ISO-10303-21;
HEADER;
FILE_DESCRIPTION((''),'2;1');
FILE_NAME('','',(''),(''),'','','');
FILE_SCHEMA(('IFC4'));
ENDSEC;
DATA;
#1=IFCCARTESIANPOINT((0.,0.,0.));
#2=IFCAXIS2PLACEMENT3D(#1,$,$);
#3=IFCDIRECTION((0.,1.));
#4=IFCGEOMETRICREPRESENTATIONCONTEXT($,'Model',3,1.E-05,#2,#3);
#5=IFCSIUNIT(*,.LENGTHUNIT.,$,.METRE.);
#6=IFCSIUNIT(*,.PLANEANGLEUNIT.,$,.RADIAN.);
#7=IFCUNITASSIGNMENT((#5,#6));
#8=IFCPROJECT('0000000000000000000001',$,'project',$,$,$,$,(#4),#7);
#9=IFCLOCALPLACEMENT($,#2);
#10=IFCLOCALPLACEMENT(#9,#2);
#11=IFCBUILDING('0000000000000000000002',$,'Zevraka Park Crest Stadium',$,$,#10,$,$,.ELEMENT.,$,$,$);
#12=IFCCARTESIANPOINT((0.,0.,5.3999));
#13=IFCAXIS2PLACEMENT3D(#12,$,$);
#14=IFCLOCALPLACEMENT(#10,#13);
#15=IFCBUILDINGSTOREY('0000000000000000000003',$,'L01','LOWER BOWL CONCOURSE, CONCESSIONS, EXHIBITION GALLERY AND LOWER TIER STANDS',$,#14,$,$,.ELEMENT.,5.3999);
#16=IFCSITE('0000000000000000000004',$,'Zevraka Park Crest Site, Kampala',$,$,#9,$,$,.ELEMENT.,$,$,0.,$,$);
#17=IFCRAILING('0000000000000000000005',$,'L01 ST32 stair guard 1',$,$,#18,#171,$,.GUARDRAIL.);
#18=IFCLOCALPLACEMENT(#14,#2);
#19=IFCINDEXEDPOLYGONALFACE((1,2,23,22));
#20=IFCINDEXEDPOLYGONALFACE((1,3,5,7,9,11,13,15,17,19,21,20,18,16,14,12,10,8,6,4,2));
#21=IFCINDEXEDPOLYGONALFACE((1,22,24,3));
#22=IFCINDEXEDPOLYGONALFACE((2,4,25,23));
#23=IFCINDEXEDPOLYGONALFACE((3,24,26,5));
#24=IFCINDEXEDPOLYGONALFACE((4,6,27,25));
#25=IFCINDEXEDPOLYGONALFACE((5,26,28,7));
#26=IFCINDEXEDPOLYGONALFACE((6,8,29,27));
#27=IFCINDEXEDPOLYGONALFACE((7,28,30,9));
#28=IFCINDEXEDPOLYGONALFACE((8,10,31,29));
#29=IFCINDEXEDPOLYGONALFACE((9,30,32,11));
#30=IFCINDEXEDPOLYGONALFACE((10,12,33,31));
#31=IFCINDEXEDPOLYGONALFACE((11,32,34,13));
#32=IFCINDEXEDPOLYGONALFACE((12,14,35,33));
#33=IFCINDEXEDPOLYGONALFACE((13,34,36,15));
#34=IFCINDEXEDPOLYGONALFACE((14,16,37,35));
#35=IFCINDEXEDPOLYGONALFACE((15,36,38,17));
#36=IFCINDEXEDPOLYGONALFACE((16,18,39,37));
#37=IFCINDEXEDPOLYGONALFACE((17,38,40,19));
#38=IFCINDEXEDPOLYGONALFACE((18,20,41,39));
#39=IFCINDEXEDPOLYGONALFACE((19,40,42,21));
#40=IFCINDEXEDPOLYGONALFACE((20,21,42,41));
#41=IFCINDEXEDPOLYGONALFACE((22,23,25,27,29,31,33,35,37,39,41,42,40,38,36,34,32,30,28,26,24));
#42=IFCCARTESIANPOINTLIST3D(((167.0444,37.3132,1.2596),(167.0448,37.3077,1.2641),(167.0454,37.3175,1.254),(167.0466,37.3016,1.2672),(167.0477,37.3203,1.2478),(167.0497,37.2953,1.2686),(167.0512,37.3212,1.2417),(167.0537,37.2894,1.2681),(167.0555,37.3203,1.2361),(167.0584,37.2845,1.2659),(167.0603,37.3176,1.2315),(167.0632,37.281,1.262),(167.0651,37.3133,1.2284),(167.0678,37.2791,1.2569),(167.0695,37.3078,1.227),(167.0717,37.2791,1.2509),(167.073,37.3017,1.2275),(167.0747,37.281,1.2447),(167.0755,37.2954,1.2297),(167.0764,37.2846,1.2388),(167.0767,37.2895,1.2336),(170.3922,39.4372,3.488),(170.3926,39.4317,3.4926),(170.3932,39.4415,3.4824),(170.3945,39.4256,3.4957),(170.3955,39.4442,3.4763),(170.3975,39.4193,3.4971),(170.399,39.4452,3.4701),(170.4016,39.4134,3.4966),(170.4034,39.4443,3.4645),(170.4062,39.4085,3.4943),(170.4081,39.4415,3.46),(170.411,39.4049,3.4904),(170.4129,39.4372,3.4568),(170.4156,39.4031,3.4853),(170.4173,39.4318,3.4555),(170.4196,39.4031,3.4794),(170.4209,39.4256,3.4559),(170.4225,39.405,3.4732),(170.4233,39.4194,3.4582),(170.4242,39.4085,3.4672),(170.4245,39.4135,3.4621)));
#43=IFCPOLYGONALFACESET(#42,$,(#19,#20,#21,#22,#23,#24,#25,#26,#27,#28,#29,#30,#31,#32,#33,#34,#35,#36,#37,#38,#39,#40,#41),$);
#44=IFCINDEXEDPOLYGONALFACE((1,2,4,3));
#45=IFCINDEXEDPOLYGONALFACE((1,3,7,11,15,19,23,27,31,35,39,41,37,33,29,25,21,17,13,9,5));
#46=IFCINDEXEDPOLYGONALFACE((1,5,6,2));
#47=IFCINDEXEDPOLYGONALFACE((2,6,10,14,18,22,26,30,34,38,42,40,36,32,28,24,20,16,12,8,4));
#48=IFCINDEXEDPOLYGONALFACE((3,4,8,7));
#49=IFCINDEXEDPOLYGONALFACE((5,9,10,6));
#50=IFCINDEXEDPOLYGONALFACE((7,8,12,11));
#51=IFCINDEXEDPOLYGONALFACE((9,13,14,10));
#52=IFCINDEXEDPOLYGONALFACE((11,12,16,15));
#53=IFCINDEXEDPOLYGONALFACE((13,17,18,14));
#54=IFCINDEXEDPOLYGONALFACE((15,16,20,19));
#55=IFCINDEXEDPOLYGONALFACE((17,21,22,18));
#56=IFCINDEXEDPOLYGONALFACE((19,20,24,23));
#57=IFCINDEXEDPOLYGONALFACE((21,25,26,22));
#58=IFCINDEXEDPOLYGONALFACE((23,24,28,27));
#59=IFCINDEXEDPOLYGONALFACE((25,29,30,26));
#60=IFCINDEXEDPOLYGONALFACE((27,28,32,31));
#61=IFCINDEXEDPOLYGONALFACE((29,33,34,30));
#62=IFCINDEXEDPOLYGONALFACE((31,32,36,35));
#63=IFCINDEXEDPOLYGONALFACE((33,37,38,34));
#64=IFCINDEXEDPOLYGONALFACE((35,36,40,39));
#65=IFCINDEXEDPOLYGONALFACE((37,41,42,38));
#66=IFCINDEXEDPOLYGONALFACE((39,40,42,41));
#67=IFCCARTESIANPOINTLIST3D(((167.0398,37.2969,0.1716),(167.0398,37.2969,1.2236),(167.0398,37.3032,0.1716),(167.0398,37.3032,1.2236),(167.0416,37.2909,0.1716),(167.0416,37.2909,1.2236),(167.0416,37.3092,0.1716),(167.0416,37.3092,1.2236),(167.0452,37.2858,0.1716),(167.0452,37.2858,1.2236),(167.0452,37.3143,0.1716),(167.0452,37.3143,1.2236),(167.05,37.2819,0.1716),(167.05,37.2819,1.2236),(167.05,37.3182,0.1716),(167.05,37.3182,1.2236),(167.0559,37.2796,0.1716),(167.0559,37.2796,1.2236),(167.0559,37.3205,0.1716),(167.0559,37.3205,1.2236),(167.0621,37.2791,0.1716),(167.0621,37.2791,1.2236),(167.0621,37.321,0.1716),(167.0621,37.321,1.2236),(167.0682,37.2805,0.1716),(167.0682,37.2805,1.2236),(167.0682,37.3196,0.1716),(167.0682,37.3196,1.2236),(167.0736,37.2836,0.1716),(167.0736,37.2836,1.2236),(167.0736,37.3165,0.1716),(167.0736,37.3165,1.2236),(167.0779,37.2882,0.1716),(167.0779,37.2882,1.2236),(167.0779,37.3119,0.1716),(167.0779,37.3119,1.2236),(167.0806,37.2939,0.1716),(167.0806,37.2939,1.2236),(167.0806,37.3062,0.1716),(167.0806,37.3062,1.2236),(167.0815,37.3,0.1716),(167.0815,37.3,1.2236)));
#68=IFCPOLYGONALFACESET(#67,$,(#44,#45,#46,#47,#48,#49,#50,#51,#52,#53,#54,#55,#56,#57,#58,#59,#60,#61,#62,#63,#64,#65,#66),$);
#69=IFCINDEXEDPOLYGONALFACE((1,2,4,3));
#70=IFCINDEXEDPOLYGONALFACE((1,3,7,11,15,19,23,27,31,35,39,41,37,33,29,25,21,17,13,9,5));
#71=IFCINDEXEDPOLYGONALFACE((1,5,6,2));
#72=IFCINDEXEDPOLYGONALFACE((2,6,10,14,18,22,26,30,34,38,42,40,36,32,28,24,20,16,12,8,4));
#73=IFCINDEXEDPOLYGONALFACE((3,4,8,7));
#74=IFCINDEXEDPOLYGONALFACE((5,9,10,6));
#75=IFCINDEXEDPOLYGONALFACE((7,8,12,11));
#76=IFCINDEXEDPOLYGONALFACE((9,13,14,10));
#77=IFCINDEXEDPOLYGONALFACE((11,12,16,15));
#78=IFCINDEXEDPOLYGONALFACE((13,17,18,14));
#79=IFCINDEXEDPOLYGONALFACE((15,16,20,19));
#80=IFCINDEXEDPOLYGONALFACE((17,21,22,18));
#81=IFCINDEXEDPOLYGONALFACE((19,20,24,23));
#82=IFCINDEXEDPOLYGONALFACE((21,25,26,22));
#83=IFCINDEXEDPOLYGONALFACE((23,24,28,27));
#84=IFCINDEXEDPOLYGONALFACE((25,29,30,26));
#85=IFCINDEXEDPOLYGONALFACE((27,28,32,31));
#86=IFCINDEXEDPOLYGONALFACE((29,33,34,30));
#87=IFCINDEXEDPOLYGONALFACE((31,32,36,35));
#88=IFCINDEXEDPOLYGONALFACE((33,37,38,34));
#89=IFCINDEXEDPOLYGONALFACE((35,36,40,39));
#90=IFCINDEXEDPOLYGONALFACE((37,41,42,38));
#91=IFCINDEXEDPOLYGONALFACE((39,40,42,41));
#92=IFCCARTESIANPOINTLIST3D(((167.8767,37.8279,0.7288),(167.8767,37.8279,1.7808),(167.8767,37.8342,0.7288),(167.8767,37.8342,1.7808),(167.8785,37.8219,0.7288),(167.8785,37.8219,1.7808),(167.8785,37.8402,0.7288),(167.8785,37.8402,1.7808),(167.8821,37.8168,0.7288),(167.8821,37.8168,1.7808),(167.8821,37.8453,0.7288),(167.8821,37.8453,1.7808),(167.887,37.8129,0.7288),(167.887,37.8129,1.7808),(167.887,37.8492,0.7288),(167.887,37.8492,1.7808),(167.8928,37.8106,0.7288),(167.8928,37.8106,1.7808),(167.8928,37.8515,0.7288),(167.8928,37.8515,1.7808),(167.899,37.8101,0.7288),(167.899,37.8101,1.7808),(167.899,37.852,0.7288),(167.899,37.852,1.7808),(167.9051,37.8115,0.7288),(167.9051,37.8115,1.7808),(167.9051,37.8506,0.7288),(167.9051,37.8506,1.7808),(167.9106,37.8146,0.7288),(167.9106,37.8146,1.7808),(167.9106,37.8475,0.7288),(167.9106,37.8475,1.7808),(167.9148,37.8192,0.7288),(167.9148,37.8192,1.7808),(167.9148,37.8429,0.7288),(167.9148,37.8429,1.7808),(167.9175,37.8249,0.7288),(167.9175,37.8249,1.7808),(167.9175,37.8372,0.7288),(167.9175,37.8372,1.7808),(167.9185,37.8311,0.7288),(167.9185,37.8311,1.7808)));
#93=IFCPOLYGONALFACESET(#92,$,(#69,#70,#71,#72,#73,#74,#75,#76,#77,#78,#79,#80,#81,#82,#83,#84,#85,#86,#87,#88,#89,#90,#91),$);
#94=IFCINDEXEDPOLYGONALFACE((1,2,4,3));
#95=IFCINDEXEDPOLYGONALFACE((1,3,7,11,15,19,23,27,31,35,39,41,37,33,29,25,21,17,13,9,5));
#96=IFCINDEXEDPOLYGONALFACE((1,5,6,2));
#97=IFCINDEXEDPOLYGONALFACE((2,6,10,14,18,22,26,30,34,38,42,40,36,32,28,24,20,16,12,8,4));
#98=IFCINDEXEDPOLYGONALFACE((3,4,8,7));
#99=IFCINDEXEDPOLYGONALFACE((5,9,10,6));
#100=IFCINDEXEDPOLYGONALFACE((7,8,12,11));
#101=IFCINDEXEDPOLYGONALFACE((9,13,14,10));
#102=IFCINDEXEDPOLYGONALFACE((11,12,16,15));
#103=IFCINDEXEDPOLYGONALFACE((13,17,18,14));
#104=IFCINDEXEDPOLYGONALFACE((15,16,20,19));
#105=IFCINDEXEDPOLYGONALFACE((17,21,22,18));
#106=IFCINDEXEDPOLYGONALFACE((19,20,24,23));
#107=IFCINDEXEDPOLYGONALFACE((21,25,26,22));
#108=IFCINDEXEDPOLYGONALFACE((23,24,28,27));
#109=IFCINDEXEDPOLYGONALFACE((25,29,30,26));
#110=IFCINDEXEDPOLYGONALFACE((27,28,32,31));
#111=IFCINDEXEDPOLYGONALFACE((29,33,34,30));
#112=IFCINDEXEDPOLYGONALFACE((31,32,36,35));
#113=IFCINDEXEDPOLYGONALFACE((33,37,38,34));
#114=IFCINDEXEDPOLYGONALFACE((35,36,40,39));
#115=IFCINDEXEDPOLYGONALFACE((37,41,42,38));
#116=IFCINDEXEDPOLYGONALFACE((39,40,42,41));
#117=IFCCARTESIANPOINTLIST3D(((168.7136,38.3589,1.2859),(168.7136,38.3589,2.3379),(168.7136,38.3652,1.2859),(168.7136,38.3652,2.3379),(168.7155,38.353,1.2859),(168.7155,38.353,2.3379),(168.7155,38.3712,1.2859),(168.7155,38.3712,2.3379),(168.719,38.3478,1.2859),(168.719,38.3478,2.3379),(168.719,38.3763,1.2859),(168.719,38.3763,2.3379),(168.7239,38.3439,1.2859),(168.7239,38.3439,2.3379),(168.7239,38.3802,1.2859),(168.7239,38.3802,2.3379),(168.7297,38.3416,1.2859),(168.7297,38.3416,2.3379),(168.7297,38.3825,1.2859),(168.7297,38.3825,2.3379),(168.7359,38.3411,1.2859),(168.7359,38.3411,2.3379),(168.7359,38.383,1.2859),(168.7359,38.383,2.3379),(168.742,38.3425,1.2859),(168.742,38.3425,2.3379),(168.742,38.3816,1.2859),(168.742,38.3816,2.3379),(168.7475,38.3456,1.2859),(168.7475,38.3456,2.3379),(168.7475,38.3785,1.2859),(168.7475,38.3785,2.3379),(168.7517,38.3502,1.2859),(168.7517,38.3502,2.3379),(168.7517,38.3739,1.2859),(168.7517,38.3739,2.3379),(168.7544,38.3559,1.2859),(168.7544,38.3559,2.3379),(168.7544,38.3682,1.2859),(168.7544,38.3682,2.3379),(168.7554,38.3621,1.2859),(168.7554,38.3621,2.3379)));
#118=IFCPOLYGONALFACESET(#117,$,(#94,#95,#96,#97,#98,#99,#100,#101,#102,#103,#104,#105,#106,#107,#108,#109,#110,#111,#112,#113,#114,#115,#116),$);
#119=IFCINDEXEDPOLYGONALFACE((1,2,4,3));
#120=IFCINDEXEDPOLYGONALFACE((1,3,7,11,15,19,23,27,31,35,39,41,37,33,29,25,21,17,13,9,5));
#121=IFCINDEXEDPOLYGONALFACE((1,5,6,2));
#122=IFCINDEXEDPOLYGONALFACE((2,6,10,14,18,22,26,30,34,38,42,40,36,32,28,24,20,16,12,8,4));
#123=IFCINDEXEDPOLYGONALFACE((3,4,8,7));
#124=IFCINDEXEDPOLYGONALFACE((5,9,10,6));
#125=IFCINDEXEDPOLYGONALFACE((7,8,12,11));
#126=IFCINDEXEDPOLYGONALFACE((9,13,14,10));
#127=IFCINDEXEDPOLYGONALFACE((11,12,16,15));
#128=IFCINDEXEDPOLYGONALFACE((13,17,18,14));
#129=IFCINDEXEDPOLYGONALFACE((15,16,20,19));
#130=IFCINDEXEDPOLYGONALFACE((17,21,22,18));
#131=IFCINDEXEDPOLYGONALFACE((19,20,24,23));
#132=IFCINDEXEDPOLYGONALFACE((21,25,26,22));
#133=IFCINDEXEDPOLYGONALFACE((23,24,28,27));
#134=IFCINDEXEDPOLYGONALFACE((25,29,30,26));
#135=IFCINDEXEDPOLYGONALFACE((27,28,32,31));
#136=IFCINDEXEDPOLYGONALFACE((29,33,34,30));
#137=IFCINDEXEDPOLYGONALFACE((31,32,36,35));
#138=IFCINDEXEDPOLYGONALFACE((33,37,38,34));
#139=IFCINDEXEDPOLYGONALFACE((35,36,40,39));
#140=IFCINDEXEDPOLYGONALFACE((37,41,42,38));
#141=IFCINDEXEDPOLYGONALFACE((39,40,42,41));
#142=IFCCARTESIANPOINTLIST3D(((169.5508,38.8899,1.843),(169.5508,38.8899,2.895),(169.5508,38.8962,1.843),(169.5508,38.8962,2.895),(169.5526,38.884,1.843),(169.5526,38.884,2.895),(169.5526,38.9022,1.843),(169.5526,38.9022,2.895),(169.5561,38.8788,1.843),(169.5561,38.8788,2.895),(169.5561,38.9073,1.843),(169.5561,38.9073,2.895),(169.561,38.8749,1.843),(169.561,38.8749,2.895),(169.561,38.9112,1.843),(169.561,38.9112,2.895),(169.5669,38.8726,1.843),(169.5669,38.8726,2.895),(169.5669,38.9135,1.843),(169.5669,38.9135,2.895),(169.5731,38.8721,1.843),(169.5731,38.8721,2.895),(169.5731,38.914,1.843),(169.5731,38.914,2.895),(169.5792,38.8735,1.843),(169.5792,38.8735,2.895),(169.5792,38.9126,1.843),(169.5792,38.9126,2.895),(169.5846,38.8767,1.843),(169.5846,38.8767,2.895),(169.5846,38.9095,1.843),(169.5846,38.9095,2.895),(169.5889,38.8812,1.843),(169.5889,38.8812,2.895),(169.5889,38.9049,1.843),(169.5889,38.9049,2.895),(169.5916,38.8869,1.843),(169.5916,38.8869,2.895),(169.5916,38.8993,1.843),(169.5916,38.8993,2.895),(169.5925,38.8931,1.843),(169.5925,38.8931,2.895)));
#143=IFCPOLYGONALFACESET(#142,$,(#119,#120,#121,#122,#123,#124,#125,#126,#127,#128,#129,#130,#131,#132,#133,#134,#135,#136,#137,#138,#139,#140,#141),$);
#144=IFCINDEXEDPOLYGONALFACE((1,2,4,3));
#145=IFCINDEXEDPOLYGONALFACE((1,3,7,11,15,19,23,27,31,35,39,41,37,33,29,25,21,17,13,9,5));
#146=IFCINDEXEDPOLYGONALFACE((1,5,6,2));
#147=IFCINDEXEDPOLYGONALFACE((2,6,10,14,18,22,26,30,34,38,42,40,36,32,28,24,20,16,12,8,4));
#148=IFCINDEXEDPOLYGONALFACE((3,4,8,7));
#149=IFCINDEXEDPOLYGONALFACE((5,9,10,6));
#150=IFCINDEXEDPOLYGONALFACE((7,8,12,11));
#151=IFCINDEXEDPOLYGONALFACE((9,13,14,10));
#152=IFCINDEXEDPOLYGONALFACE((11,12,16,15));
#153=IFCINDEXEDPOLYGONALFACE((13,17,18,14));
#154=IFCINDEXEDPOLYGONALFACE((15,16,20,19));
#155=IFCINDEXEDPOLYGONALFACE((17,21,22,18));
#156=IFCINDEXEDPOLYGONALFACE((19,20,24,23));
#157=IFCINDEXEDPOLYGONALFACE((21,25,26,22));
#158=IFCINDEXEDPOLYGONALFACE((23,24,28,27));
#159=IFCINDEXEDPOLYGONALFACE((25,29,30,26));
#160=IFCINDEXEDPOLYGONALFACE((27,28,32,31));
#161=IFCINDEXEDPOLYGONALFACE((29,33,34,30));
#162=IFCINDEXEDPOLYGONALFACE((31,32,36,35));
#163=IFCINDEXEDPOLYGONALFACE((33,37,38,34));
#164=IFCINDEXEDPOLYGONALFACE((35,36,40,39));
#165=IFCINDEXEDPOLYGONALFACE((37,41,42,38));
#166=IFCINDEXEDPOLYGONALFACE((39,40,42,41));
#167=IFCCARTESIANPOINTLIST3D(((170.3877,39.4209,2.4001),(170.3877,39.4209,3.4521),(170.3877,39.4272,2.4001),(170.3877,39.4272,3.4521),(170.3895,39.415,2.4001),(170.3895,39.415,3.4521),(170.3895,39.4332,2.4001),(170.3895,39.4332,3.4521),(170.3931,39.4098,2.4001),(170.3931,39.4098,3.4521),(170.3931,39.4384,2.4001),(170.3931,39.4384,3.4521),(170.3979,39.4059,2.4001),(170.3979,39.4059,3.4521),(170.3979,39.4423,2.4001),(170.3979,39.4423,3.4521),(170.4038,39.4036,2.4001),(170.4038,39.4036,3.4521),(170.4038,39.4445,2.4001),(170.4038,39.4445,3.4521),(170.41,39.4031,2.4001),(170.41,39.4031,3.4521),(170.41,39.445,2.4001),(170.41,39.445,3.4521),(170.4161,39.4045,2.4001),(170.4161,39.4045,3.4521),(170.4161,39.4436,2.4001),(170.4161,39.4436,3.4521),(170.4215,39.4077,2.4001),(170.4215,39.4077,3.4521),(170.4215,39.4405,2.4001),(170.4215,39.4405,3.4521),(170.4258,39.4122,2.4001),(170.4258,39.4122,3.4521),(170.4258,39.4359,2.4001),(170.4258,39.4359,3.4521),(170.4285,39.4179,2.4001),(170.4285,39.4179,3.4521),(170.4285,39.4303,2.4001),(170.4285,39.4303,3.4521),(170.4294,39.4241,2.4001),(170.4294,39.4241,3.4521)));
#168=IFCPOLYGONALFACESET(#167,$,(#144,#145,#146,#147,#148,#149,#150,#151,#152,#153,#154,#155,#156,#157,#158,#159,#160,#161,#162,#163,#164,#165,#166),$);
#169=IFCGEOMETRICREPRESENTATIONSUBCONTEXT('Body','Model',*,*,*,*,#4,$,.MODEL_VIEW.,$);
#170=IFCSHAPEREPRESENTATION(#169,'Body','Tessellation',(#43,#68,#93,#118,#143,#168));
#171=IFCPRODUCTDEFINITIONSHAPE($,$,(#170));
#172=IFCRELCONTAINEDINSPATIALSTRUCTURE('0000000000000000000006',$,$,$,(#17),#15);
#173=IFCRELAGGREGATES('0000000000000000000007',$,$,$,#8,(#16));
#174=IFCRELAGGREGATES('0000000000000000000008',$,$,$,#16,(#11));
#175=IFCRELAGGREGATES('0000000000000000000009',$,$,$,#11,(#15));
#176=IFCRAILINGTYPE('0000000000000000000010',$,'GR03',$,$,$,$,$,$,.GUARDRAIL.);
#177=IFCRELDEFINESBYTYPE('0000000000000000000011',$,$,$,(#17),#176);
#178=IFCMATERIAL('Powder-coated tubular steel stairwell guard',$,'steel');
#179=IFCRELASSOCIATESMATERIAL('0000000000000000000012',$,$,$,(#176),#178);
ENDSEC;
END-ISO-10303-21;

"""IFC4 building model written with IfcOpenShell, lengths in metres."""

from ifc_helpers import new_model, si_unit, direction, frame, origin, origin_2d, place, context, subcontext, project, spatial, circle, extrude, material, type_object, element, save


model = new_model("IFC4")

# Units and contexts
model_context = context("Model", 3, precision=1e-05, world=origin(), true_north=direction((0.0, 1.0)))
body_context = subcontext(model_context, "Body", "Model", "MODEL_VIEW")
ifc_project = project(units=[si_unit("LENGTHUNIT", "METRE"), si_unit("PLANEANGLEUNIT", "RADIAN")], contexts=[model_context])

# Site, building, storey
site_placement = place(None, origin())
site = spatial("IfcSite", under=ifc_project, at=site_placement, Name="Zevraka Park Crest Site, Kampala", CompositionType="ELEMENT", RefElevation=0.0)
building_placement = place(site_placement, origin())
building = spatial("IfcBuilding", under=site, at=building_placement, Name="Zevraka Park Crest Stadium", CompositionType="ELEMENT")
storey_placement = place(building_placement, frame((0.0, 0.0, 5.3999)))
storey = spatial("IfcBuildingStorey", under=building, at=storey_placement, Name="L01", Description="LOWER BOWL CONCOURSE, CONCESSIONS, EXHIBITION GALLERY AND LOWER TIER STANDS", CompositionType="ELEMENT", Elevation=5.3999)

# Railing
ifc_material_1 = material(Name="Powder-coated tubular steel stairwell guard", Category="steel")
railing_type_1 = type_object("IfcRailingType", Name="GR03", PredefinedType="GUARDRAIL", material=ifc_material_1)
railing_1_placement = place(storey_placement, frame((167.0605, 37.3, 0.1716)))
element("IfcRailing", 1, at=railing_1_placement, inside=storey, type_object=railing_type_1, Name="L01 ST32 stair guard 1", PredefinedType="GUARDRAIL", context=body_context, shape_type="SweptSolid", body=[
    extrude(circle(Radius=0.0239, at=origin_2d()), frame((0.0, 0.0, 1.0762), z_axis=(0.736092, 0.467002, 0.489977), x_axis=(-0.535716, 0.844399, 0.0)), (0.0, 0.0, 1.0), 4.5481),
    extrude(circle(Radius=0.021, at=origin_2d()), origin(), (0.0, 0.0, 1.0), 1.052),
    extrude(circle(Radius=0.021, at=origin_2d()), frame((0.8369, 0.531, 0.5571)), (0.0, 0.0, 1.0), 1.052),
    extrude(circle(Radius=0.021, at=origin_2d()), frame((1.6738, 1.062, 1.1143)), (0.0, 0.0, 1.0), 1.052),
    extrude(circle(Radius=0.021, at=origin_2d()), frame((2.511, 1.593, 1.6714)), (0.0, 0.0, 1.0), 1.052),
    extrude(circle(Radius=0.021, at=origin_2d()), frame((3.3479, 2.124, 2.2285)), (0.0, 0.0, 1.0), 1.052),
])

save(model, "model.ifc")
